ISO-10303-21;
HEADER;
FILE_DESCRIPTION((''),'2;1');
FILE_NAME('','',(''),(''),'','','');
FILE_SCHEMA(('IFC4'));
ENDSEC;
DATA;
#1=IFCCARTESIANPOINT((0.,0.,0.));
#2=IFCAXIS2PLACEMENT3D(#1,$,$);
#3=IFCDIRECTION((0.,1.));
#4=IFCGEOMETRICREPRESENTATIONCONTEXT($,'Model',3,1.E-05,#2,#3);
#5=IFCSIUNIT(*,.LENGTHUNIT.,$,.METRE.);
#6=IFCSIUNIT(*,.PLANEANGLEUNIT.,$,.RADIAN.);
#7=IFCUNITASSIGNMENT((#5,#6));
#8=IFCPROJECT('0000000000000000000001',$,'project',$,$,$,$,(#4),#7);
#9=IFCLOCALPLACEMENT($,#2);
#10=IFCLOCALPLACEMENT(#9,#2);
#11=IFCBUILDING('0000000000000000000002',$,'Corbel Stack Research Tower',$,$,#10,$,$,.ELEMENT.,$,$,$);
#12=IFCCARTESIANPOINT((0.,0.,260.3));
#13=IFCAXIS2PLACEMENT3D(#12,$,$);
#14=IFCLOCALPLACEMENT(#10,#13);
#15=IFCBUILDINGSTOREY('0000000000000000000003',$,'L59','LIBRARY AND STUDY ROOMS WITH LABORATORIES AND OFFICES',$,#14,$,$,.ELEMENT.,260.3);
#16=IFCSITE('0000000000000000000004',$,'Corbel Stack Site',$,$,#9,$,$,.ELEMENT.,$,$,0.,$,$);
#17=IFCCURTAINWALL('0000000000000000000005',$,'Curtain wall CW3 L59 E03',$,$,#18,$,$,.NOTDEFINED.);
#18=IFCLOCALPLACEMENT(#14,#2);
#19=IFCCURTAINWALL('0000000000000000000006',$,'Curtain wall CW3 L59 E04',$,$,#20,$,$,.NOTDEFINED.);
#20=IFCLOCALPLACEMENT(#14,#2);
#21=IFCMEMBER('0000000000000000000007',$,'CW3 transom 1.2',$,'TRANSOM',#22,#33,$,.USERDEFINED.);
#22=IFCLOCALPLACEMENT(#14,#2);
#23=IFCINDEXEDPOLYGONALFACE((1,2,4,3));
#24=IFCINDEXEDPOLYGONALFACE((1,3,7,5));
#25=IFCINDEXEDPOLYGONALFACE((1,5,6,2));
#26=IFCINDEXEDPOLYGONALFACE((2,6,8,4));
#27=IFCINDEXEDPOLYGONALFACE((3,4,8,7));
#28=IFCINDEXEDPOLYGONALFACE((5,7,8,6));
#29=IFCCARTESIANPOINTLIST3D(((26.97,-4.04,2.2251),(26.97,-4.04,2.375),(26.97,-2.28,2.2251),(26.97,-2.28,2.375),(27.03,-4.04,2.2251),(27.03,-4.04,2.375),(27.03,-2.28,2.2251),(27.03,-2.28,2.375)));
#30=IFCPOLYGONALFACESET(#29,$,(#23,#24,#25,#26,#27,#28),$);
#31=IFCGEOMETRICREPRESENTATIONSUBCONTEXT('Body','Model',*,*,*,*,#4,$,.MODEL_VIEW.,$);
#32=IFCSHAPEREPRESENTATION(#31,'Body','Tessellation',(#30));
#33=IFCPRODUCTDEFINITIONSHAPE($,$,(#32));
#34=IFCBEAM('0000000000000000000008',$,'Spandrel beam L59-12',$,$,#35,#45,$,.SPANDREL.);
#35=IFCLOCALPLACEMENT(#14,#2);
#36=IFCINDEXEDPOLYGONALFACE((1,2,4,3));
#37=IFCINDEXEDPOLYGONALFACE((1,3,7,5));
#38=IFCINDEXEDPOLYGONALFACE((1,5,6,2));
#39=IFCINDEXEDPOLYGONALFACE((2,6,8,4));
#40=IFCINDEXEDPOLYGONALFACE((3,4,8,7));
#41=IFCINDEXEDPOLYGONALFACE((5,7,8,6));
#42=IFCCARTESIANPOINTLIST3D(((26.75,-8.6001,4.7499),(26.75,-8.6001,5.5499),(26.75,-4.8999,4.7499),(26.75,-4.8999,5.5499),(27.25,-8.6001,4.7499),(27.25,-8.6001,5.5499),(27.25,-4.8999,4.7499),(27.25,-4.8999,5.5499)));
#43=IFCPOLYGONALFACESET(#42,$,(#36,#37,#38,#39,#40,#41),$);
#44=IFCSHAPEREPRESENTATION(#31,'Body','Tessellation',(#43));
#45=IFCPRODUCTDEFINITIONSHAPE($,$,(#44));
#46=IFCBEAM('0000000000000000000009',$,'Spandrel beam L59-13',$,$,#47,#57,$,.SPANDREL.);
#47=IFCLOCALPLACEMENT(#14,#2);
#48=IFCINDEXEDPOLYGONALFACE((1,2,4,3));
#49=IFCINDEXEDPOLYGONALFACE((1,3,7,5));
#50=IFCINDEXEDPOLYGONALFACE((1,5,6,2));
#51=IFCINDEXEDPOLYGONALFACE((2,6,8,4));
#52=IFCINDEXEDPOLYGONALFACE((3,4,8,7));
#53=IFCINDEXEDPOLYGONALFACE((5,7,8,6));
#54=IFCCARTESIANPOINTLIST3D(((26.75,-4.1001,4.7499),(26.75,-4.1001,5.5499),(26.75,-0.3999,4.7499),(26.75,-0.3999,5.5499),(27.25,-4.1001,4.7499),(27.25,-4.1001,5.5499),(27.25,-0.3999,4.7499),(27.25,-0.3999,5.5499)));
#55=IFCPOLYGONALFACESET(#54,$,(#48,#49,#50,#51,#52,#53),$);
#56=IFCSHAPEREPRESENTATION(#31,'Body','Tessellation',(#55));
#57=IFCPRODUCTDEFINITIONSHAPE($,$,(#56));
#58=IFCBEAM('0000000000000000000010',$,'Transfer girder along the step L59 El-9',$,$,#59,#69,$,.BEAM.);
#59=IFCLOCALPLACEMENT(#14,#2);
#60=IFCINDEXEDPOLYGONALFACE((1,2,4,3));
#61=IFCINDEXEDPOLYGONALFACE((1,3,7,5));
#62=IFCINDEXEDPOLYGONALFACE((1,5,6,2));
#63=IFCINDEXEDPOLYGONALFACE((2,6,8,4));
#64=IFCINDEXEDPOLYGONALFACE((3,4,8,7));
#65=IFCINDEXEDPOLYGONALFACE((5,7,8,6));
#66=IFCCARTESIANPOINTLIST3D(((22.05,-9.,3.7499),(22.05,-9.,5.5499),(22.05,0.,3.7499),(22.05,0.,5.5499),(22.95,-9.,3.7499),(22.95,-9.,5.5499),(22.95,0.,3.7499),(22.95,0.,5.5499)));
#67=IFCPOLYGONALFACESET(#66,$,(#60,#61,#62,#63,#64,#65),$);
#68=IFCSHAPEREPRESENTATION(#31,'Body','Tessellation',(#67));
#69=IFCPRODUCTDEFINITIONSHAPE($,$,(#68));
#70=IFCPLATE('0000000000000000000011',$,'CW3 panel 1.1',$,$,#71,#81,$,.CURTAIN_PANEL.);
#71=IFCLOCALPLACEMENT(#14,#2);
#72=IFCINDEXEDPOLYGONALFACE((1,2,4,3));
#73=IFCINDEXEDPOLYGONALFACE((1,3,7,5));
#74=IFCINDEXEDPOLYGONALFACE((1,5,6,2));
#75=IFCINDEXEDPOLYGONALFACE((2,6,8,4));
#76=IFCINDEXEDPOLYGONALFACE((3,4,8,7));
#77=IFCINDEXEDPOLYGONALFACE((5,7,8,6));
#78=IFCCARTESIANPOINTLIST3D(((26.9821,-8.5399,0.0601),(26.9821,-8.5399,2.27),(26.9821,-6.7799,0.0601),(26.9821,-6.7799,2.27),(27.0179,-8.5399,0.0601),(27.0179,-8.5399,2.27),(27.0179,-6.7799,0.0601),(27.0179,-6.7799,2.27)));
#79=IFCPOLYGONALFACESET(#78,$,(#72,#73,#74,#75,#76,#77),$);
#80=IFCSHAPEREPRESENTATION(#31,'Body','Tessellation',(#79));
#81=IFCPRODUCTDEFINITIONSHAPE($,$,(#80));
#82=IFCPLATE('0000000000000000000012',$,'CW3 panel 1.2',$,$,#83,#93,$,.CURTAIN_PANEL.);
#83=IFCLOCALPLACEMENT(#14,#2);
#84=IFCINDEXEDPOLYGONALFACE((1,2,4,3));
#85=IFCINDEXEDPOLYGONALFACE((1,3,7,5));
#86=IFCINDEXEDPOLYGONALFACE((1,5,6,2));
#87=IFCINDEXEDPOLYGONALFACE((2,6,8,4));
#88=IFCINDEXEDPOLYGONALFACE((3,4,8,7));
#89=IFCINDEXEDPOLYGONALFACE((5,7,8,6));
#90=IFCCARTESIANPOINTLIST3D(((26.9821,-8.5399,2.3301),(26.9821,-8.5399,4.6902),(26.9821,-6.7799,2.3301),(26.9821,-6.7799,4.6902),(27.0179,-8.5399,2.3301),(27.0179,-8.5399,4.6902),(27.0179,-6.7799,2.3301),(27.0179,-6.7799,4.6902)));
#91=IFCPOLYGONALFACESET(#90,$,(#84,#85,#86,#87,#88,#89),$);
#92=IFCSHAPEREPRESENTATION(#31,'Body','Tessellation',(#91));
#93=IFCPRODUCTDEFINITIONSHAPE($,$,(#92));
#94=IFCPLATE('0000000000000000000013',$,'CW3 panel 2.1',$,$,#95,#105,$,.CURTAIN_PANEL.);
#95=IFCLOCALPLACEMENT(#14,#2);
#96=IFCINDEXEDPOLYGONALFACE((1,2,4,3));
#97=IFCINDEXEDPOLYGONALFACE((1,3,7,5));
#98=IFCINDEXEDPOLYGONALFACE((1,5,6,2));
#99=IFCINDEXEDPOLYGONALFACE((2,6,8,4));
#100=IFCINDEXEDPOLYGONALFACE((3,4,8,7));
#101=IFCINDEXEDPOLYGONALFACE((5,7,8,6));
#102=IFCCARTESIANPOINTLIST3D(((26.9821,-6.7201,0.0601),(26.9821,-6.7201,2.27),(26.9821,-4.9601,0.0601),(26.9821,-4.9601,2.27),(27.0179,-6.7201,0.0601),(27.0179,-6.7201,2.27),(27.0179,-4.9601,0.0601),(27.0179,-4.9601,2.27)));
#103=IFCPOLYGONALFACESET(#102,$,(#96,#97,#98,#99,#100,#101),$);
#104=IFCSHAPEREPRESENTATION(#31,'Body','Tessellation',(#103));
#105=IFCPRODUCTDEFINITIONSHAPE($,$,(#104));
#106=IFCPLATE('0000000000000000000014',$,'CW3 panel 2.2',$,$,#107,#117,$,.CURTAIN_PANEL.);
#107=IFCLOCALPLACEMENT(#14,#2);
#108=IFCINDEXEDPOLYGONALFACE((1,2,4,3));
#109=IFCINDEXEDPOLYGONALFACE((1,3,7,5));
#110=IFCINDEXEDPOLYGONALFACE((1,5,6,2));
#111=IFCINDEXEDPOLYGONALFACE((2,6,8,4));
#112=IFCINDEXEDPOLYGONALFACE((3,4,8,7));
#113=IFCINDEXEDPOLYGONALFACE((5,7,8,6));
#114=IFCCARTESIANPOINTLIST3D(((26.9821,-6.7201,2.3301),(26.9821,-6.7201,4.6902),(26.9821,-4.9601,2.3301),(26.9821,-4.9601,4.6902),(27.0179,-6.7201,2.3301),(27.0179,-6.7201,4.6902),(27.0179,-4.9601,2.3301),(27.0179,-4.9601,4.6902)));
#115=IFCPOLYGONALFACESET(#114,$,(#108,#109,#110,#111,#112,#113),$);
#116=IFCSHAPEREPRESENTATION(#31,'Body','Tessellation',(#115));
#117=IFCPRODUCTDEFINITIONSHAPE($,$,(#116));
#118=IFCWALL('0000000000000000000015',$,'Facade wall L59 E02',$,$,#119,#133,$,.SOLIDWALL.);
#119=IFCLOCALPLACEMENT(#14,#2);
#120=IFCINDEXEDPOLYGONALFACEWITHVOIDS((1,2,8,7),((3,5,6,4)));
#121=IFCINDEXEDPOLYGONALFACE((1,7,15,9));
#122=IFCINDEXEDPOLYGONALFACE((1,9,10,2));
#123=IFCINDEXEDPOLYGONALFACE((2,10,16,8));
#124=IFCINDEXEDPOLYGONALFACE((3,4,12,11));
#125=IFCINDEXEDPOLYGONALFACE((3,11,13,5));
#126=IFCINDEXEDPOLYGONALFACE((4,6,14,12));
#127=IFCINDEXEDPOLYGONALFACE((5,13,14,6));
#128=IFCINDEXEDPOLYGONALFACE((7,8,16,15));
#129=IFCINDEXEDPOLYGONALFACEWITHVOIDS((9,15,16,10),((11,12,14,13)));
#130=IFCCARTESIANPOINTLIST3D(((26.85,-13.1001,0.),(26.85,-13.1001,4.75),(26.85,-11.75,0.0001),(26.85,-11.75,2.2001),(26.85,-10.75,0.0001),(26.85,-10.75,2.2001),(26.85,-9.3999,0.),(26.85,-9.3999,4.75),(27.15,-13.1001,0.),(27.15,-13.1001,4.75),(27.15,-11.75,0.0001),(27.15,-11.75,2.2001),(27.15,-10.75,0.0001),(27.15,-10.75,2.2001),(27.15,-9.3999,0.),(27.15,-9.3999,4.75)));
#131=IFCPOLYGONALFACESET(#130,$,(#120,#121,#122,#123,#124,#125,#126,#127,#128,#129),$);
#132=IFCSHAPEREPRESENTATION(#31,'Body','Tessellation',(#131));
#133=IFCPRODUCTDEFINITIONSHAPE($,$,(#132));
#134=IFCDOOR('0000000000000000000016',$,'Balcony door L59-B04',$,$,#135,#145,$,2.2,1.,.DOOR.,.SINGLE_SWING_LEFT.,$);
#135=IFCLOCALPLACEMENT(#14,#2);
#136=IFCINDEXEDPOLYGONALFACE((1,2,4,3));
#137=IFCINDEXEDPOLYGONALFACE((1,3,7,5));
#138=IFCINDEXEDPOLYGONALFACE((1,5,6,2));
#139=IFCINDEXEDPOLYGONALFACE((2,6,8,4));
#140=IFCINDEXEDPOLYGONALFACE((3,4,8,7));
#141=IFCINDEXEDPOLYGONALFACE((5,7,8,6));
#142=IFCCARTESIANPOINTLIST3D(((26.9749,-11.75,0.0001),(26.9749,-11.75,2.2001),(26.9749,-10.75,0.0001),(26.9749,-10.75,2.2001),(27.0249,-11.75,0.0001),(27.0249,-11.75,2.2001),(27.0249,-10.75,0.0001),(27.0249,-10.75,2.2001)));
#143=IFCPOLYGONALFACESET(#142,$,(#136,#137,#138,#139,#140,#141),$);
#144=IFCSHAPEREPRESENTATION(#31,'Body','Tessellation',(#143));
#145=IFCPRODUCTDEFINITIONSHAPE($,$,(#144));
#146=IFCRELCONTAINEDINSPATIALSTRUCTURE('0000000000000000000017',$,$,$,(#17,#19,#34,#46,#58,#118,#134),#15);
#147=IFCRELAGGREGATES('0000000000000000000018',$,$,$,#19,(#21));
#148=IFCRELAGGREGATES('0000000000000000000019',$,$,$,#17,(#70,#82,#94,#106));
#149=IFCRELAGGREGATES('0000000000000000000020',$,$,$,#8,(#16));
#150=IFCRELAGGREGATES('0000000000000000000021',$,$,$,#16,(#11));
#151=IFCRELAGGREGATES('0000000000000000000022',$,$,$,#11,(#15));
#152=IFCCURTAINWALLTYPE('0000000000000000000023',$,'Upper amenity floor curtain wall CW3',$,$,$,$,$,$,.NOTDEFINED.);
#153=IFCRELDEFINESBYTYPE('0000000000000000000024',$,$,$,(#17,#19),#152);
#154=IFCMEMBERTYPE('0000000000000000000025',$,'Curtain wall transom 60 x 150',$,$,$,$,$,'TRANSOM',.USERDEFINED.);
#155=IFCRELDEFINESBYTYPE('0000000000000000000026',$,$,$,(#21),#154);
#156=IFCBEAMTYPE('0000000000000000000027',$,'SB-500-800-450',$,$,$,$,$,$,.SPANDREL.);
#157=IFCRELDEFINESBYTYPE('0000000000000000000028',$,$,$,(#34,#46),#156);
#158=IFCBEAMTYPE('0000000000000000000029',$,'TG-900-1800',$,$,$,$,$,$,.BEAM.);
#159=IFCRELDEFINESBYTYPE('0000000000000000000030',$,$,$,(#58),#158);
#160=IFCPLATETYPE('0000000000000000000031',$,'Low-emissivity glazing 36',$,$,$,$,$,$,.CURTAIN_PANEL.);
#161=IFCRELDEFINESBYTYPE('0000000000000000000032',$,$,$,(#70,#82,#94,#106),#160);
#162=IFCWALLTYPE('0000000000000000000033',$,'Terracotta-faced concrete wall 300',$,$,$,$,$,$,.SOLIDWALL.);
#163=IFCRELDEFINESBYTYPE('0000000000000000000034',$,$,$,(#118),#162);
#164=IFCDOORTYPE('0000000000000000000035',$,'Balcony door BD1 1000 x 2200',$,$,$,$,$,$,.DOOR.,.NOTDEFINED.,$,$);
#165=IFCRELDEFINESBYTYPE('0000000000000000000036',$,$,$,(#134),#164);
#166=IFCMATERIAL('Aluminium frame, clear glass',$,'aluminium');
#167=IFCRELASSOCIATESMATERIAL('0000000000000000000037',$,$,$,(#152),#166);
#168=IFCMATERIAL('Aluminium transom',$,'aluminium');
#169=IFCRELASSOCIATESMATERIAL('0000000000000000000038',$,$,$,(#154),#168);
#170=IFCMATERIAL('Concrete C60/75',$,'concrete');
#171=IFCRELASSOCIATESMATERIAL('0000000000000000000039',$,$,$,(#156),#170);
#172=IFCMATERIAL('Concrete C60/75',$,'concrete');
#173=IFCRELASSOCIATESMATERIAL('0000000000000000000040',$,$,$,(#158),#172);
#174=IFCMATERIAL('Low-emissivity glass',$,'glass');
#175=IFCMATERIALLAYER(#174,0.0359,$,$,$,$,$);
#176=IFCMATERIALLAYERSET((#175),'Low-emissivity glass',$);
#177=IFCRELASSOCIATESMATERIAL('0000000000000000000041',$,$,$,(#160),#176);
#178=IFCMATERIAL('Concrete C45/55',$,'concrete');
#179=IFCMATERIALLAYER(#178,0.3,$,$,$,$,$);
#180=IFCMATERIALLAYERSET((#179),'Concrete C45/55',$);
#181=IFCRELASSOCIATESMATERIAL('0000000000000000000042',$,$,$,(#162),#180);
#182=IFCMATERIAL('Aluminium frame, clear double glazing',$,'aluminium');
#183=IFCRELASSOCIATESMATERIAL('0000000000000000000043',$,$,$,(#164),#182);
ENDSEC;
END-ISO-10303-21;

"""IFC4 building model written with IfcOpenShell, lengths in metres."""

from ifc_helpers import new_model, si_unit, direction, frame, frame_2d, origin, origin_2d, place, context, subcontext, project, spatial, rectangle, extrude, material, layer, layer_set, material_profile, profile_set, type_object, element, fill, aggregate, save


model = new_model("IFC4")

# Units and contexts
model_context = context("Model", 3, precision=1e-05, world=origin(), true_north=direction((0.0, 1.0)))
body_context = subcontext(model_context, "Body", "Model", "MODEL_VIEW")
ifc_project = project(units=[si_unit("LENGTHUNIT", "METRE"), si_unit("PLANEANGLEUNIT", "RADIAN")], contexts=[model_context])

# Site, building, storey
site_placement = place(None, origin())
site = spatial("IfcSite", under=ifc_project, at=site_placement, Name="Corbel Stack Site", CompositionType="ELEMENT", RefElevation=0.0)
building_placement = place(site_placement, origin())
building = spatial("IfcBuilding", under=site, at=building_placement, Name="Corbel Stack Research Tower", CompositionType="ELEMENT")
storey_placement = place(building_placement, frame((0.0, 0.0, 260.3)))
storey = spatial("IfcBuildingStorey", under=building, at=storey_placement, Name="L59", Description="LIBRARY AND STUDY ROOMS WITH LABORATORIES AND OFFICES", CompositionType="ELEMENT", Elevation=260.3)

# Curtain wall
ifc_material_1 = material(Name="Aluminium frame, clear glass", Category="aluminium")
curtain_wall_type = type_object("IfcCurtainWallType", Name="Upper amenity floor curtain wall CW3", PredefinedType="NOTDEFINED", material=ifc_material_1)
curtain_wall_1_placement = place(storey_placement, origin())
curtain_wall_1 = element("IfcCurtainWall", 1, at=curtain_wall_1_placement, inside=storey, type_object=curtain_wall_type, Name="Curtain wall CW3 L59 E03", PredefinedType="NOTDEFINED")

# Curtain wall
curtain_wall_2_placement = place(storey_placement, origin())
curtain_wall_2 = element("IfcCurtainWall", 2, at=curtain_wall_2_placement, inside=storey, type_object=curtain_wall_type, Name="Curtain wall CW3 L59 E04", PredefinedType="NOTDEFINED")

# Member
ifc_material_2 = material(Name="Aluminium transom", Category="aluminium")
ifc_material_profile_1 = material_profile(ifc_material_2, rectangle(XDim=0.0601, YDim=0.1499, at=origin_2d()), Name="Transom 60 x 150")
ifc_profile_set_1 = profile_set([ifc_material_profile_1], Name="Aluminium transom")
member_type_1 = type_object("IfcMemberType", Name="Curtain wall transom 60 x 150", ElementType="TRANSOM", PredefinedType="USERDEFINED", material=ifc_profile_set_1)
member_1_placement = place(storey_placement, frame((27.0, -4.04, 2.3), z_axis=(0.0, 1.0, 0.0), x_axis=(-1.0, 0.0, 0.0)))
member_1 = element("IfcMember", 3, at=member_1_placement, type_object=member_type_1, Name="CW3 transom 1.2", ObjectType="TRANSOM", PredefinedType="USERDEFINED", context=body_context, shape_type="SweptSolid", body=[
    extrude(rectangle(XDim=0.0601, YDim=0.1499, at=origin_2d()), origin(), (0.0, 0.0, 1.0), 1.76),
])
aggregate(curtain_wall_2, [member_1])

# Beams
ifc_material_3 = material(Name="Concrete C60/75", Category="concrete")
ifc_material_profile_2 = material_profile(ifc_material_3, rectangle(XDim=0.5, YDim=0.8, at=origin_2d()), Name="RC 500 x 800")
ifc_profile_set_2 = profile_set([ifc_material_profile_2], Name="Concrete C60/75")
beam_type_1 = type_object("IfcBeamType", Name="SB-500-800-450", PredefinedType="SPANDREL", material=ifc_profile_set_2)
for number, where, z_axis, x_axis, name in (
    (4, (27.0, -8.6001, 5.1499), (0.0, 1.0, 0.0), (-1.0, 0.0, 0.0), "Spandrel beam L59-12"),
    (5, (27.0, -4.1001, 5.1499), (0.0, 1.0, 0.0), (-1.0, 0.0, 0.0), "Spandrel beam L59-13"),
):
    element("IfcBeam", number, at=place(storey_placement, frame(where, z_axis=z_axis, x_axis=x_axis)), inside=storey, type_object=beam_type_1, Name=name, PredefinedType="SPANDREL", context=body_context, shape_type="SweptSolid", body=[
        extrude(rectangle(XDim=0.5, YDim=0.8, at=origin_2d()), origin(), (0.0, 0.0, 1.0), 3.7002),
    ])
ifc_material_4 = material(Name="Concrete C60/75", Category="concrete")
ifc_material_profile_3 = material_profile(ifc_material_4, rectangle(XDim=0.8999, YDim=1.8, at=origin_2d()), Name="RC 900 x 1800")
ifc_profile_set_3 = profile_set([ifc_material_profile_3], Name="Concrete C60/75")
beam_type_2 = type_object("IfcBeamType", Name="TG-900-1800", PredefinedType="BEAM", material=ifc_profile_set_3)
beam_placement = place(storey_placement, frame((22.5, -9.0, 4.6499), z_axis=(0.0, 1.0, 0.0), x_axis=(-1.0, 0.0, 0.0)))
element("IfcBeam", 6, at=beam_placement, inside=storey, type_object=beam_type_2, Name="Transfer girder along the step L59 El-9", PredefinedType="BEAM", context=body_context, shape_type="SweptSolid", body=[
    extrude(rectangle(XDim=0.8999, YDim=1.8, at=origin_2d()), origin(), (0.0, 0.0, 1.0), 9.0),
])

# Plates
ifc_material_5 = material(Name="Low-emissivity glass", Category="glass")
ifc_layer_1 = layer(ifc_material_5, 0.0359)
ifc_layer_set_1 = layer_set([ifc_layer_1], Name="Low-emissivity glass")
plate_type = type_object("IfcPlateType", Name="Low-emissivity glazing 36", PredefinedType="CURTAIN_PANEL", material=ifc_layer_set_1)
plate_1_placement = place(storey_placement, frame((27.0, -7.6599, 0.0601), z_axis=(0.0, 0.0, 1.0), x_axis=(0.0, 1.0, 0.0)))
plate_1 = element("IfcPlate", 7, at=plate_1_placement, type_object=plate_type, Name="CW3 panel 1.1", PredefinedType="CURTAIN_PANEL", context=body_context, shape_type="SweptSolid", body=[
    extrude(rectangle(XDim=1.76, YDim=0.0359, at=origin_2d()), origin(), (0.0, 0.0, 1.0), 2.21),
])
plate_2_placement = place(storey_placement, frame((27.0, -7.6599, 2.3301), z_axis=(0.0, 0.0, 1.0), x_axis=(0.0, 1.0, 0.0)))
plate_2 = element("IfcPlate", 8, at=plate_2_placement, type_object=plate_type, Name="CW3 panel 1.2", PredefinedType="CURTAIN_PANEL", context=body_context, shape_type="SweptSolid", body=[
    extrude(rectangle(XDim=1.76, YDim=0.0359, at=origin_2d()), origin(), (0.0, 0.0, 1.0), 2.3601),
])
plate_3_placement = place(storey_placement, frame((27.0, -5.8401, 0.0601), z_axis=(0.0, 0.0, 1.0), x_axis=(0.0, 1.0, 0.0)))
plate_3 = element("IfcPlate", 9, at=plate_3_placement, type_object=plate_type, Name="CW3 panel 2.1", PredefinedType="CURTAIN_PANEL", context=body_context, shape_type="SweptSolid", body=[
    extrude(rectangle(XDim=1.76, YDim=0.0359, at=origin_2d()), origin(), (0.0, 0.0, 1.0), 2.21),
])
plate_4_placement = place(storey_placement, frame((27.0, -5.8401, 2.3301), z_axis=(0.0, 0.0, 1.0), x_axis=(0.0, 1.0, 0.0)))
plate_4 = element("IfcPlate", 10, at=plate_4_placement, type_object=plate_type, Name="CW3 panel 2.2", PredefinedType="CURTAIN_PANEL", context=body_context, shape_type="SweptSolid", body=[
    extrude(rectangle(XDim=1.76, YDim=0.0359, at=origin_2d()), origin(), (0.0, 0.0, 1.0), 2.3601),
])
aggregate(curtain_wall_1, [plate_1, plate_2, plate_3, plate_4])

# Wall, opening, door
ifc_material_6 = material(Name="Concrete C45/55", Category="concrete")
ifc_layer_2 = layer(ifc_material_6, 0.3)
ifc_layer_set_2 = layer_set([ifc_layer_2], Name="Concrete C45/55")
wall_type = type_object("IfcWallType", Name="Terracotta-faced concrete wall 300", PredefinedType="SOLIDWALL", material=ifc_layer_set_2)
wall_placement = place(storey_placement, frame((27.0, -9.3999, 0.0), z_axis=(0.0, 0.0, 1.0), x_axis=(0.0, -1.0, 0.0)))
wall = element("IfcWall", 11, at=wall_placement, inside=storey, type_object=wall_type, Name="Facade wall L59 E02", PredefinedType="SOLIDWALL", context=body_context, shape_type="SweptSolid", body=[
    extrude(rectangle(XDim=3.7002, YDim=0.3, at=frame_2d((1.8501, 0.0))), origin(), (0.0, 0.0, 1.0), 4.75),
])
opening_placement = place(wall_placement, frame((1.3501, 0.0, 0.0)))
opening = element("IfcOpeningElement", 12, at=opening_placement, cuts=wall, PredefinedType="OPENING", context=body_context, shape_type="SweptSolid", body=[
    extrude(rectangle(XDim=1.0, YDim=2.2, at=frame_2d((0.5, 1.1001))), frame((0.0, 0.1599, 0.0), z_axis=(0.0, -1.0, 0.0), x_axis=(1.0, 0.0, 0.0)), (0.0, 0.0, 1.0), 0.3201),
])
ifc_material_7 = material(Name="Aluminium frame, clear double glazing", Category="aluminium")
door_type = type_object("IfcDoorType", Name="Balcony door BD1 1000 x 2200", OperationType="NOTDEFINED", PredefinedType="DOOR", material=ifc_material_7)
door_placement = place(opening_placement, origin())
door = element("IfcDoor", 13, at=door_placement, inside=storey, type_object=door_type, Name="Balcony door L59-B04", OperationType="SINGLE_SWING_LEFT", OverallHeight=2.2, OverallWidth=1.0, PredefinedType="DOOR", context=body_context, shape_type="SweptSolid", body=[
    extrude(rectangle(XDim=1.0, YDim=2.2, at=frame_2d((0.5, 1.1001))), frame((0.0, 0.0249, 0.0), z_axis=(0.0, -1.0, 0.0), x_axis=(1.0, 0.0, 0.0)), (0.0, 0.0, 1.0), 0.05),
])
fill(opening, door)

save(model, "model.ifc")
